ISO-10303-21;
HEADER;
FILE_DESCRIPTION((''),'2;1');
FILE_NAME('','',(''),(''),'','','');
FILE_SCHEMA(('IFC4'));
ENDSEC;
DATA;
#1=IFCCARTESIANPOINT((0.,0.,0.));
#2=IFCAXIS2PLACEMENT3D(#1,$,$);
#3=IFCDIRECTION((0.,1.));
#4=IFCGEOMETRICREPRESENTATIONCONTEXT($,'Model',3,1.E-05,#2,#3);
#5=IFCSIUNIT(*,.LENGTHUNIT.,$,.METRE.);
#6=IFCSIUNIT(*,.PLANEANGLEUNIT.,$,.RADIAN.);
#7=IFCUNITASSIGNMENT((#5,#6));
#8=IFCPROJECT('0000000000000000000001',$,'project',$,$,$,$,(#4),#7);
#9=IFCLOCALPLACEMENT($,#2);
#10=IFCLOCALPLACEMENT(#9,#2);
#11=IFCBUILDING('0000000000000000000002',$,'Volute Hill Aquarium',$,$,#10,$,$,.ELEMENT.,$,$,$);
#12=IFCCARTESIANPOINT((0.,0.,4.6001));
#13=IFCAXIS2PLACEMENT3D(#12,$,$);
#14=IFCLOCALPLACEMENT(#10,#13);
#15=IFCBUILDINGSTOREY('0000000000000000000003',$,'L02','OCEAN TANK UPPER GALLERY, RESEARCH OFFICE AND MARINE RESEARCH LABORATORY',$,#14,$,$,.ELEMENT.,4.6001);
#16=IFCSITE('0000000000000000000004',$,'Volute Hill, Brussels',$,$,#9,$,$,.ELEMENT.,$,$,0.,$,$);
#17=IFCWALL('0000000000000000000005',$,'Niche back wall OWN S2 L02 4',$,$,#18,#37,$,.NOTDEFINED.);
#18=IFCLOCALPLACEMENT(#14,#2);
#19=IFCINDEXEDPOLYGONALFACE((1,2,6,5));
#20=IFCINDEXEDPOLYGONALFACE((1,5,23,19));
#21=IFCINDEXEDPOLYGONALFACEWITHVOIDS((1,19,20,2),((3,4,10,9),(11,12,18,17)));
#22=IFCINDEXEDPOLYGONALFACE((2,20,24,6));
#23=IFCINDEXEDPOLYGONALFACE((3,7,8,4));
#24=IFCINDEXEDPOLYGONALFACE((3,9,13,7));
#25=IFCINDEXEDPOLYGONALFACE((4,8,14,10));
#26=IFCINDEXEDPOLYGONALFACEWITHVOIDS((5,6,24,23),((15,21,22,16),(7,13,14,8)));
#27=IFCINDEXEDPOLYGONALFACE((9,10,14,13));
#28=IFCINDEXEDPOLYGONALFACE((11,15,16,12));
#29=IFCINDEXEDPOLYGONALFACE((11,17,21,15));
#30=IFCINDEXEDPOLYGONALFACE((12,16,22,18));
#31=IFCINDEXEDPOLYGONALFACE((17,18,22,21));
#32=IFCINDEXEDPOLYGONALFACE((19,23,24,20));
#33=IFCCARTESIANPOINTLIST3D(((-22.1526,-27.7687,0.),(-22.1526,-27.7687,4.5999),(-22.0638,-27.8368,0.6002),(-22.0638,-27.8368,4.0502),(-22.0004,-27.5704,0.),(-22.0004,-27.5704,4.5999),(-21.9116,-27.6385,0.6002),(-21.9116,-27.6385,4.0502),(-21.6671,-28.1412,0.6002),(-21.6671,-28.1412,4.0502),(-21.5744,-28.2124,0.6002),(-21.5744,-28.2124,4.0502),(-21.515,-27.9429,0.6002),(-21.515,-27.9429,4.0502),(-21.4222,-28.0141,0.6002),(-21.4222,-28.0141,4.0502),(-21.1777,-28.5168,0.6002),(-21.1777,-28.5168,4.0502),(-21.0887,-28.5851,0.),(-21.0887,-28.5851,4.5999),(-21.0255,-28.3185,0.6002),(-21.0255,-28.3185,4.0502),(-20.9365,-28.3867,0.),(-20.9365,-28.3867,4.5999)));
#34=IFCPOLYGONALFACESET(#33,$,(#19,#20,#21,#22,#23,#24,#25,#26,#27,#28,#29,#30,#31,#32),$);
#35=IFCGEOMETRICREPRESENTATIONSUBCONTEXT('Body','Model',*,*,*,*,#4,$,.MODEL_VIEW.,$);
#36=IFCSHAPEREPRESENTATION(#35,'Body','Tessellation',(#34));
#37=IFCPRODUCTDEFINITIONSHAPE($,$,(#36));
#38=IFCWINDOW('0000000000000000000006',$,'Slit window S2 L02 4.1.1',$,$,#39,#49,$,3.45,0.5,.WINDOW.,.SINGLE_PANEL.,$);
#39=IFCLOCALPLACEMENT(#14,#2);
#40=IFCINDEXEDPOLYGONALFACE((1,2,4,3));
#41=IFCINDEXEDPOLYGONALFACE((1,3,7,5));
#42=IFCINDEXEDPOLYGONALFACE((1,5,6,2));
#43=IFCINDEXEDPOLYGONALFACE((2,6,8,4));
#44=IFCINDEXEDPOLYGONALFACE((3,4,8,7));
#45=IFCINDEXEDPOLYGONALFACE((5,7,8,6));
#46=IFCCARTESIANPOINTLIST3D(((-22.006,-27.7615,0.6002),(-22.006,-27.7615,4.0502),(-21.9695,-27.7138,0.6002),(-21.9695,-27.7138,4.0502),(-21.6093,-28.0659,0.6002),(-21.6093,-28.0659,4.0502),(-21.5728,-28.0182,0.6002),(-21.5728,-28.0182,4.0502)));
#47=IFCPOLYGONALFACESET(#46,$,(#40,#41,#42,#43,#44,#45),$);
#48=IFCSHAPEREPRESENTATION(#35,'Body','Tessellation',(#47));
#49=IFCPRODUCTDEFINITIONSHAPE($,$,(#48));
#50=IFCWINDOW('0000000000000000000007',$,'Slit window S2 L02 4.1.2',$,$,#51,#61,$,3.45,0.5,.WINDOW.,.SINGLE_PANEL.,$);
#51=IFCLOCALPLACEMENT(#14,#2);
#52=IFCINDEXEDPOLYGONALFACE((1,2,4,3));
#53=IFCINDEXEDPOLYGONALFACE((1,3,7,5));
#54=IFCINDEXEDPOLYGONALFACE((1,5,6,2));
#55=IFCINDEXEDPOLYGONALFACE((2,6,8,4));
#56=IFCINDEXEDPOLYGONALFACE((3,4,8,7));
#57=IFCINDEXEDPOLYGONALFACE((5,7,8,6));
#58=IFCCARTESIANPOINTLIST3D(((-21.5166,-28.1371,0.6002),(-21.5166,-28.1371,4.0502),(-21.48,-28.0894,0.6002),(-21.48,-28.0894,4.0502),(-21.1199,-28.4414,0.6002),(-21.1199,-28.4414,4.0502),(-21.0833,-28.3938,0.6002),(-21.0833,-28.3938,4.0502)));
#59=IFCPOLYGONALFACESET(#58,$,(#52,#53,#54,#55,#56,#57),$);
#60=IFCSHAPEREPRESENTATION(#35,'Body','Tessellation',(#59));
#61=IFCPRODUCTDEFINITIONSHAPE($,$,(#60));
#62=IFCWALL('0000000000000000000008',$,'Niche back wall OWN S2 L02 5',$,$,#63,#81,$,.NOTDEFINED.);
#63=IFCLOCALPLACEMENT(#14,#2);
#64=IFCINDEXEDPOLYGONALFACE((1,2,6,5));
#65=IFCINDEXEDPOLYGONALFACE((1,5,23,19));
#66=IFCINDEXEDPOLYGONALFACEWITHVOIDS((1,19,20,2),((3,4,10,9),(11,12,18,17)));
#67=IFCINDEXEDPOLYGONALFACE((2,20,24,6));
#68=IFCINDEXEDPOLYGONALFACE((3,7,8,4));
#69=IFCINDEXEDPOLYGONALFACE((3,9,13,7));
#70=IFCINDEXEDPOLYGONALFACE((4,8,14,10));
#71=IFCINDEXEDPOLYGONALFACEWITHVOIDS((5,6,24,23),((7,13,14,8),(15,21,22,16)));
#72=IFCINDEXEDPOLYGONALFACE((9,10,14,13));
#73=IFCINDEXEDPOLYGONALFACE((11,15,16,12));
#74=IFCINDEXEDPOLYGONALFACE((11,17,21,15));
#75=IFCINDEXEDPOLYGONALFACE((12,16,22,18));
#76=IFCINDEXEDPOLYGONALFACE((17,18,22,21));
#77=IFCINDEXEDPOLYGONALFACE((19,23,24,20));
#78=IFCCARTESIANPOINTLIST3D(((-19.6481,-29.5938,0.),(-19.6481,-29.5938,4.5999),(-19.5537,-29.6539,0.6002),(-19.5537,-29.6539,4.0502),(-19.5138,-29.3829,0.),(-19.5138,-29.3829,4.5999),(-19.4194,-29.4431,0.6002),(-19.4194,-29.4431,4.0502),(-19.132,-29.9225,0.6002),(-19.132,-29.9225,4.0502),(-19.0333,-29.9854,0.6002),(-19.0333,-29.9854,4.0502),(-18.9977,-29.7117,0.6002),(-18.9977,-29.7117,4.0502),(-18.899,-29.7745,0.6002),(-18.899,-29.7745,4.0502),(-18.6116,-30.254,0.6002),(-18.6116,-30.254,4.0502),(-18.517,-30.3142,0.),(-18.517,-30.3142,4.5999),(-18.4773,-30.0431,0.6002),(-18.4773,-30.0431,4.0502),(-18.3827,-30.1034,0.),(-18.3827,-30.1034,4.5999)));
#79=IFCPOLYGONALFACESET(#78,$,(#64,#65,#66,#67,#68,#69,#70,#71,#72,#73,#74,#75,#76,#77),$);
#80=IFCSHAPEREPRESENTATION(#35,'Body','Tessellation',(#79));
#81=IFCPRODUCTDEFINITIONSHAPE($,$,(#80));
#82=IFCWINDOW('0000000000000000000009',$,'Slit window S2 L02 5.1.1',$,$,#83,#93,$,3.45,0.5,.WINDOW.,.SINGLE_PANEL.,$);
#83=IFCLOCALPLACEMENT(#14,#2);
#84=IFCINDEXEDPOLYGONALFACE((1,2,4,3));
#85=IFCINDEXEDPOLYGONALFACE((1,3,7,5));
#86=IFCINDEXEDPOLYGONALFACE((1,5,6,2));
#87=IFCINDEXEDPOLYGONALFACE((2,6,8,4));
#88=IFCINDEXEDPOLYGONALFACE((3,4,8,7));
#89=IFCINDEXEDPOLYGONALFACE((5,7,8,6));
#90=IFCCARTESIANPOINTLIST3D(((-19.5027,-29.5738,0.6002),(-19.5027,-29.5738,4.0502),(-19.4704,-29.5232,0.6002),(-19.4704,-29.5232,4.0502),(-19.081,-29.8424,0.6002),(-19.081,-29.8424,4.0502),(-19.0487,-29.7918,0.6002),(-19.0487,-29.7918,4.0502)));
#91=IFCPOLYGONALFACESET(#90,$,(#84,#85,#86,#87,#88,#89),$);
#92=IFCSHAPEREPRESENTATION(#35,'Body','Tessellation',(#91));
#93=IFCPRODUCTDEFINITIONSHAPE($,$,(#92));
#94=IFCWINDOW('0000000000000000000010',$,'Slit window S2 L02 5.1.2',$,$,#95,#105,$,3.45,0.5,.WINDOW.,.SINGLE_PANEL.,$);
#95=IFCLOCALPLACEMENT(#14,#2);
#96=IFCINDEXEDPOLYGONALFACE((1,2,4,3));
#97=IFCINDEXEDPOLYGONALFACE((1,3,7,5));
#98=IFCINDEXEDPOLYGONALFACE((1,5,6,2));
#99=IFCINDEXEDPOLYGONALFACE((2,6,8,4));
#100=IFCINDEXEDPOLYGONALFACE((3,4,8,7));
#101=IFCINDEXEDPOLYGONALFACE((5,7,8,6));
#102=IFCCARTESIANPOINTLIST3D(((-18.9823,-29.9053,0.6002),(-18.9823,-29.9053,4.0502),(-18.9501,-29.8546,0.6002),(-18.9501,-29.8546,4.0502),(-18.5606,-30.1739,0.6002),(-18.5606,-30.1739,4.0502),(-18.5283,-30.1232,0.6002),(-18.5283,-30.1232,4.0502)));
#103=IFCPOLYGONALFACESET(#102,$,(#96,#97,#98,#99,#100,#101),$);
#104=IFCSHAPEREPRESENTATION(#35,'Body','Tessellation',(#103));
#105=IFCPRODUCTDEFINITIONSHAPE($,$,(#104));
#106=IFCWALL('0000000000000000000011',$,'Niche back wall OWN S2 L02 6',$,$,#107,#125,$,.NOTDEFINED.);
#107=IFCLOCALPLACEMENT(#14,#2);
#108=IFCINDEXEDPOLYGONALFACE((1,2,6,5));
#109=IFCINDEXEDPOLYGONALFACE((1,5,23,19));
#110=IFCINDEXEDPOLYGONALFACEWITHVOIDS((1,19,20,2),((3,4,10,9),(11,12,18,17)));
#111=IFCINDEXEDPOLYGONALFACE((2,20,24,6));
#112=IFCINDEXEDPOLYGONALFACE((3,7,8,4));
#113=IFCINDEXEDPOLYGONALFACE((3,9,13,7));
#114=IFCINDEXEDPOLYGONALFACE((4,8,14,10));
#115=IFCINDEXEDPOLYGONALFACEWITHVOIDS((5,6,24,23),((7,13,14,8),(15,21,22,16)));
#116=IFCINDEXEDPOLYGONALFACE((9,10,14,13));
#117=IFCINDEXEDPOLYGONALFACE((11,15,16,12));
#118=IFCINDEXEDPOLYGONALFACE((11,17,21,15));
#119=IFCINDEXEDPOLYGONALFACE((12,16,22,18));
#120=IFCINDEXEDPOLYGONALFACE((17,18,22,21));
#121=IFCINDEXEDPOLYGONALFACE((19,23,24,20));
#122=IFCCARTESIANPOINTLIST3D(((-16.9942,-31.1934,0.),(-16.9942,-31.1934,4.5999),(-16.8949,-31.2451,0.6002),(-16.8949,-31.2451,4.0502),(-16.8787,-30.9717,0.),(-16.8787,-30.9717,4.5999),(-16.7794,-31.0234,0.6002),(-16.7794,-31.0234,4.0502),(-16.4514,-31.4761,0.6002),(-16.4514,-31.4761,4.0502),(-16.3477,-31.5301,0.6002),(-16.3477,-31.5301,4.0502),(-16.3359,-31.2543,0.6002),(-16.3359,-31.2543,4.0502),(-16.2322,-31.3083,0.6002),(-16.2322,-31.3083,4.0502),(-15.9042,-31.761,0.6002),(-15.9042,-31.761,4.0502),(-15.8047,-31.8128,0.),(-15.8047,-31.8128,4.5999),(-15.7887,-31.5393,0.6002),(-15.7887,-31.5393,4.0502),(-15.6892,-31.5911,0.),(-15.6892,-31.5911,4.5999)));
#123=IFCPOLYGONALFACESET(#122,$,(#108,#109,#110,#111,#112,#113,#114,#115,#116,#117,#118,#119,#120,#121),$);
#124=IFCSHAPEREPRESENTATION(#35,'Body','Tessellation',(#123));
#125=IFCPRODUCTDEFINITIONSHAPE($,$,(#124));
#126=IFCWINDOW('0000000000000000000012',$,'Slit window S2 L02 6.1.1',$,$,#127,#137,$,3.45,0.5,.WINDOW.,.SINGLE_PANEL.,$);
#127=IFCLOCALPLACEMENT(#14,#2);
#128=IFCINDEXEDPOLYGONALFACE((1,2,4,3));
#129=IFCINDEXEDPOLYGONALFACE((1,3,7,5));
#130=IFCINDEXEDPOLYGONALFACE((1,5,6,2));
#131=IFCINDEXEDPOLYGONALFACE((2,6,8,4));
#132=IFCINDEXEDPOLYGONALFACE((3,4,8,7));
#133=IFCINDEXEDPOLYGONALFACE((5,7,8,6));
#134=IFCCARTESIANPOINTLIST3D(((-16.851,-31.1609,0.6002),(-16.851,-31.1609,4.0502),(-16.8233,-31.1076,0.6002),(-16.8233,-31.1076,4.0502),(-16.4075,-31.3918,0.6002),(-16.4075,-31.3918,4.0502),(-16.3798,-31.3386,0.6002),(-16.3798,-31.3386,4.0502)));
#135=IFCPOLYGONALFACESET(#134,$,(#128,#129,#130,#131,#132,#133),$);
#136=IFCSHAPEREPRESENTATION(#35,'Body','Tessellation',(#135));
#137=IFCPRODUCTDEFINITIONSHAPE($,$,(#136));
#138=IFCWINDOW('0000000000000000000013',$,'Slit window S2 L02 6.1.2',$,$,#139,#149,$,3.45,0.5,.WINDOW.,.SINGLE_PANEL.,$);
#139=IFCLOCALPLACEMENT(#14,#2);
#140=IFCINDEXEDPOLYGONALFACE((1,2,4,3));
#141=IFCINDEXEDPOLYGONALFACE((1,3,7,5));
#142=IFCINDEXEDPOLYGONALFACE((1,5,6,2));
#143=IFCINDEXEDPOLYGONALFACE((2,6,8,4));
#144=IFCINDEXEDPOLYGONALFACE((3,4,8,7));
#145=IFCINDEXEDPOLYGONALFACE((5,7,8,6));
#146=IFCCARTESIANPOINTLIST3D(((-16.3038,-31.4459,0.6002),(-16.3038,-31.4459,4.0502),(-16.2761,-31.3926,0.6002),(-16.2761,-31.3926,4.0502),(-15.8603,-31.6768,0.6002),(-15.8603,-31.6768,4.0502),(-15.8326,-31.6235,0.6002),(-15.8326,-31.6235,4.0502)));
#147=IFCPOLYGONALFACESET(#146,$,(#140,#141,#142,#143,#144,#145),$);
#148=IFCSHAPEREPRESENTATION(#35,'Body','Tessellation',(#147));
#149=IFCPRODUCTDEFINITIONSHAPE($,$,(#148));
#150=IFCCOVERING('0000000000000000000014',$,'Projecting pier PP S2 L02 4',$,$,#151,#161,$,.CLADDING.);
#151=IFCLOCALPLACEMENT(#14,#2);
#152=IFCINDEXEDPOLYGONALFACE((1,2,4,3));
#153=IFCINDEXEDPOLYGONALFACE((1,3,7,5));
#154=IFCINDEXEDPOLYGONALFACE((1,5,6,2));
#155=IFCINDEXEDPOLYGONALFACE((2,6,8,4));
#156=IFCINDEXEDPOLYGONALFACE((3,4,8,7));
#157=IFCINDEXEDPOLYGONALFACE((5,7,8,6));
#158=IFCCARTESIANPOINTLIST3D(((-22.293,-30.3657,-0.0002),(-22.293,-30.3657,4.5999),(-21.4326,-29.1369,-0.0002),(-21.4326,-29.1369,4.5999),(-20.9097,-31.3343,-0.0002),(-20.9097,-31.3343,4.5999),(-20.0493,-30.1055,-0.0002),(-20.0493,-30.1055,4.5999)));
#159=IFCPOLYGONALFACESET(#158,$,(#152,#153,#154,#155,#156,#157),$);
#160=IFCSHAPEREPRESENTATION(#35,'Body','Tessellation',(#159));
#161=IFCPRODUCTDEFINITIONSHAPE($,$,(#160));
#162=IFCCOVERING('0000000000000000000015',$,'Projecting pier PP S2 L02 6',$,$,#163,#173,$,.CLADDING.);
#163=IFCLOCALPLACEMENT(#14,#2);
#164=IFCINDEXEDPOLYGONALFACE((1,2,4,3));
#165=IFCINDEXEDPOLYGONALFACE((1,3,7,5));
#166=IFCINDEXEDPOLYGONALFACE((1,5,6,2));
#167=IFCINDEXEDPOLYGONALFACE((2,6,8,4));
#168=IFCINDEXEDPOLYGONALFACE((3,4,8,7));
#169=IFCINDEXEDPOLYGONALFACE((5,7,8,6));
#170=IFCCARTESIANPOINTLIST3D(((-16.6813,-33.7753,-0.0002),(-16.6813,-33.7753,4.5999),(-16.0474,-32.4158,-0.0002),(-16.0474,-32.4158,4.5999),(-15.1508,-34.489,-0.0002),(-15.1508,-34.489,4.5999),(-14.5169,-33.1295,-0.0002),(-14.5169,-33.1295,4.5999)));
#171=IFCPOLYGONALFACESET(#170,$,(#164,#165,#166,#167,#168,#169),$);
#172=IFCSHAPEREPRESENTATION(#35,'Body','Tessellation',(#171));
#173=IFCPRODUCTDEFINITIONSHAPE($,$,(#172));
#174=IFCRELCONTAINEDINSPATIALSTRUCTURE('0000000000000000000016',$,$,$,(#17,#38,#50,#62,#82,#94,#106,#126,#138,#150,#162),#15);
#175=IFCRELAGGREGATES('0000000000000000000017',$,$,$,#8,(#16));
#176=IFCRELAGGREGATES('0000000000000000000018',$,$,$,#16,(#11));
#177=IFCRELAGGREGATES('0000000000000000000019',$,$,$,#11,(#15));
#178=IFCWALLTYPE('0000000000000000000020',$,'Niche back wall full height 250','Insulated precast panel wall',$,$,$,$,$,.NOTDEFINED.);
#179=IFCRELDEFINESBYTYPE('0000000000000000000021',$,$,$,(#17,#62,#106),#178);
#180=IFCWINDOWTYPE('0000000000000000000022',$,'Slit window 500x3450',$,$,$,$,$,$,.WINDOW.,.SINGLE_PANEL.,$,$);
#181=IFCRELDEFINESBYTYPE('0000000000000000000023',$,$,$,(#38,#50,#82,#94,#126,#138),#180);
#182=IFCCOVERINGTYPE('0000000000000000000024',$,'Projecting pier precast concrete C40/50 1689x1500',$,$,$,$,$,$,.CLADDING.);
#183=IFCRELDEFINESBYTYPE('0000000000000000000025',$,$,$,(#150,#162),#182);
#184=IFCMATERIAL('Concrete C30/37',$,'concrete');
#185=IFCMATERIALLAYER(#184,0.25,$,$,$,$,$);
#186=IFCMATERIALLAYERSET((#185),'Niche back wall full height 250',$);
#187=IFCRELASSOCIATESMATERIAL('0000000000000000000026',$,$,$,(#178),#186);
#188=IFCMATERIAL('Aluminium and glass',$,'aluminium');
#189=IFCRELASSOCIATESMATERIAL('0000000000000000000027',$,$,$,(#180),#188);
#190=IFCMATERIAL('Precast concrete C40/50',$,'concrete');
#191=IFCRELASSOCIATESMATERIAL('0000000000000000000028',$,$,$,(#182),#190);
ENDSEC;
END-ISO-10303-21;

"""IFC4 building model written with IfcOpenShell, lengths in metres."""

from ifc_helpers import new_model, si_unit, direction, frame, frame_2d, origin, origin_2d, place, context, subcontext, project, spatial, rectangle, extrude, material, layer, layer_set, type_object, element, fill, save


model = new_model("IFC4")

# Units and contexts
model_context = context("Model", 3, precision=1e-05, world=origin(), true_north=direction((0.0, 1.0)))
body_context = subcontext(model_context, "Body", "Model", "MODEL_VIEW")
ifc_project = project(units=[si_unit("LENGTHUNIT", "METRE"), si_unit("PLANEANGLEUNIT", "RADIAN")], contexts=[model_context])

# Site, building, storey
site_placement = place(None, origin())
site = spatial("IfcSite", under=ifc_project, at=site_placement, Name="Volute Hill, Brussels", CompositionType="ELEMENT", RefElevation=0.0)
building_placement = place(site_placement, origin())
building = spatial("IfcBuilding", under=site, at=building_placement, Name="Volute Hill Aquarium", CompositionType="ELEMENT")
storey_placement = place(building_placement, frame((0.0, 0.0, 4.6001)))
storey = spatial("IfcBuildingStorey", under=building, at=storey_placement, Name="L02", Description="OCEAN TANK UPPER GALLERY, RESEARCH OFFICE AND MARINE RESEARCH LABORATORY", CompositionType="ELEMENT", Elevation=4.6001)

# Walls, openings, windows
ifc_material_1 = material(Name="Concrete C30/37", Category="concrete")
ifc_layer_1 = layer(ifc_material_1, 0.25)
ifc_layer_set_1 = layer_set([ifc_layer_1], Name="Niche back wall full height 250")
wall_type_1 = type_object("IfcWallType", Name="Niche back wall full height 250", Description="Insulated precast panel wall", PredefinedType="NOTDEFINED", material=ifc_layer_set_1)
wall_1_placement = place(storey_placement, frame((-21.0127, -28.4858, 0.0), z_axis=(0.0, 0.0, 1.0), x_axis=(-0.793354, 0.60876, 0.0)))
wall_1 = element("IfcWall", 1, at=wall_1_placement, inside=storey, type_object=wall_type_1, Name="Niche back wall OWN S2 L02 4", PredefinedType="NOTDEFINED", context=body_context, shape_type="SweptSolid", body=[
    extrude(rectangle(XDim=1.3411, YDim=0.25, at=frame_2d((0.6704, 0.0))), origin(), (0.0, 0.0, 1.0), 4.5999),
])
opening_1_placement = place(wall_1_placement, frame((0.729, 0.0, 0.6001)))
opening_1 = element("IfcOpeningElement", 2, at=opening_1_placement, cuts=wall_1, PredefinedType="OPENING", context=body_context, shape_type="SweptSolid", body=[
    extrude(rectangle(XDim=0.5, YDim=3.45, at=frame_2d((0.25, 1.7251))), frame((0.0, 0.135, 0.0), z_axis=(0.0, -1.0, 0.0), x_axis=(1.0, 0.0, 0.0)), (0.0, 0.0, 1.0), 0.27),
])
opening_2_placement = place(wall_1_placement, frame((0.1121, 0.0, 0.6001)))
opening_2 = element("IfcOpeningElement", 3, at=opening_2_placement, cuts=wall_1, PredefinedType="OPENING", context=body_context, shape_type="SweptSolid", body=[
    extrude(rectangle(XDim=0.5, YDim=3.45, at=frame_2d((0.25, 1.7251))), frame((0.0, 0.135, 0.0), z_axis=(0.0, -1.0, 0.0), x_axis=(1.0, 0.0, 0.0)), (0.0, 0.0, 1.0), 0.27),
])
ifc_material_2 = material(Name="Aluminium and glass", Category="aluminium")
window_type = type_object("IfcWindowType", Name="Slit window 500x3450", PartitioningType="SINGLE_PANEL", PredefinedType="WINDOW", material=ifc_material_2)
window_1_placement = place(opening_1_placement, origin())
window_1 = element("IfcWindow", 4, at=window_1_placement, inside=storey, type_object=window_type, Name="Slit window S2 L02 4.1.1", OverallHeight=3.45, OverallWidth=0.5, PartitioningType="SINGLE_PANEL", PredefinedType="WINDOW", context=body_context, shape_type="SweptSolid", body=[
    extrude(rectangle(XDim=0.5, YDim=3.45, at=frame_2d((0.25, 1.7251))), frame((0.0, 0.03, 0.0), z_axis=(0.0, -1.0, 0.0), x_axis=(1.0, 0.0, 0.0)), (0.0, 0.0, 1.0), 0.0601),
])
fill(opening_1, window_1)
window_2_placement = place(opening_2_placement, origin())
window_2 = element("IfcWindow", 5, at=window_2_placement, inside=storey, type_object=window_type, Name="Slit window S2 L02 4.1.2", OverallHeight=3.45, OverallWidth=0.5, PartitioningType="SINGLE_PANEL", PredefinedType="WINDOW", context=body_context, shape_type="SweptSolid", body=[
    extrude(rectangle(XDim=0.5, YDim=3.45, at=frame_2d((0.25, 1.7251))), frame((0.0, 0.03, 0.0), z_axis=(0.0, -1.0, 0.0), x_axis=(1.0, 0.0, 0.0)), (0.0, 0.0, 1.0), 0.0601),
])
fill(opening_2, window_2)
wall_2_placement = place(storey_placement, frame((-18.45, -30.2087, 0.0), z_axis=(0.0, 0.0, 1.0), x_axis=(-0.843437, 0.537229, 0.0)))
wall_2 = element("IfcWall", 6, at=wall_2_placement, inside=storey, type_object=wall_type_1, Name="Niche back wall OWN S2 L02 5", PredefinedType="NOTDEFINED", context=body_context, shape_type="SweptSolid", body=[
    extrude(rectangle(XDim=1.3411, YDim=0.25, at=frame_2d((0.6704, 0.0))), origin(), (0.0, 0.0, 1.0), 4.5999),
])
opening_3_placement = place(wall_2_placement, frame((0.729, 0.0, 0.6001)))
opening_3 = element("IfcOpeningElement", 7, at=opening_3_placement, cuts=wall_2, PredefinedType="OPENING", context=body_context, shape_type="SweptSolid", body=[
    extrude(rectangle(XDim=0.5, YDim=3.45, at=frame_2d((0.25, 1.7251))), frame((0.0, 0.135, 0.0), z_axis=(0.0, -1.0, 0.0), x_axis=(1.0, 0.0, 0.0)), (0.0, 0.0, 1.0), 0.27),
])
opening_4_placement = place(wall_2_placement, frame((0.1121, 0.0, 0.6001)))
opening_4 = element("IfcOpeningElement", 8, at=opening_4_placement, cuts=wall_2, PredefinedType="OPENING", context=body_context, shape_type="SweptSolid", body=[
    extrude(rectangle(XDim=0.5, YDim=3.45, at=frame_2d((0.25, 1.7251))), frame((0.0, 0.135, 0.0), z_axis=(0.0, -1.0, 0.0), x_axis=(1.0, 0.0, 0.0)), (0.0, 0.0, 1.0), 0.27),
])
window_3_placement = place(opening_3_placement, origin())
window_3 = element("IfcWindow", 9, at=window_3_placement, inside=storey, type_object=window_type, Name="Slit window S2 L02 5.1.1", OverallHeight=3.45, OverallWidth=0.5, PartitioningType="SINGLE_PANEL", PredefinedType="WINDOW", context=body_context, shape_type="SweptSolid", body=[
    extrude(rectangle(XDim=0.5, YDim=3.45, at=frame_2d((0.25, 1.7251))), frame((0.0, 0.03, 0.0), z_axis=(0.0, -1.0, 0.0), x_axis=(1.0, 0.0, 0.0)), (0.0, 0.0, 1.0), 0.0601),
])
fill(opening_3, window_3)
window_4_placement = place(opening_4_placement, origin())
window_4 = element("IfcWindow", 10, at=window_4_placement, inside=storey, type_object=window_type, Name="Slit window S2 L02 5.1.2", OverallHeight=3.45, OverallWidth=0.5, PartitioningType="SINGLE_PANEL", PredefinedType="WINDOW", context=body_context, shape_type="SweptSolid", body=[
    extrude(rectangle(XDim=0.5, YDim=3.45, at=frame_2d((0.25, 1.7251))), frame((0.0, 0.03, 0.0), z_axis=(0.0, -1.0, 0.0), x_axis=(1.0, 0.0, 0.0)), (0.0, 0.0, 1.0), 0.0601),
])
fill(opening_4, window_4)
wall_3_placement = place(storey_placement, frame((-15.7471, -31.7019, 0.0), z_axis=(0.0, 0.0, 1.0), x_axis=(-0.886951, 0.461863, 0.0)))
wall_3 = element("IfcWall", 11, at=wall_3_placement, inside=storey, type_object=wall_type_1, Name="Niche back wall OWN S2 L02 6", PredefinedType="NOTDEFINED", context=body_context, shape_type="SweptSolid", body=[
    extrude(rectangle(XDim=1.3411, YDim=0.25, at=frame_2d((0.6704, 0.0))), origin(), (0.0, 0.0, 1.0), 4.5999),
])
opening_5_placement = place(wall_3_placement, frame((0.729, 0.0, 0.6001)))
opening_5 = element("IfcOpeningElement", 12, at=opening_5_placement, cuts=wall_3, PredefinedType="OPENING", context=body_context, shape_type="SweptSolid", body=[
    extrude(rectangle(XDim=0.5, YDim=3.45, at=frame_2d((0.25, 1.7251))), frame((0.0, 0.135, 0.0), z_axis=(0.0, -1.0, 0.0), x_axis=(1.0, 0.0, 0.0)), (0.0, 0.0, 1.0), 0.27),
])
opening_6_placement = place(wall_3_placement, frame((0.1121, 0.0, 0.6001)))
opening_6 = element("IfcOpeningElement", 13, at=opening_6_placement, cuts=wall_3, PredefinedType="OPENING", context=body_context, shape_type="SweptSolid", body=[
    extrude(rectangle(XDim=0.5, YDim=3.45, at=frame_2d((0.25, 1.7251))), frame((0.0, 0.135, 0.0), z_axis=(0.0, -1.0, 0.0), x_axis=(1.0, 0.0, 0.0)), (0.0, 0.0, 1.0), 0.27),
])
window_5_placement = place(opening_5_placement, origin())
window_5 = element("IfcWindow", 14, at=window_5_placement, inside=storey, type_object=window_type, Name="Slit window S2 L02 6.1.1", OverallHeight=3.45, OverallWidth=0.5, PartitioningType="SINGLE_PANEL", PredefinedType="WINDOW", context=body_context, shape_type="SweptSolid", body=[
    extrude(rectangle(XDim=0.5, YDim=3.45, at=frame_2d((0.25, 1.7251))), frame((0.0, 0.03, 0.0), z_axis=(0.0, -1.0, 0.0), x_axis=(1.0, 0.0, 0.0)), (0.0, 0.0, 1.0), 0.0601),
])
fill(opening_5, window_5)
window_6_placement = place(opening_6_placement, origin())
window_6 = element("IfcWindow", 15, at=window_6_placement, inside=storey, type_object=window_type, Name="Slit window S2 L02 6.1.2", OverallHeight=3.45, OverallWidth=0.5, PartitioningType="SINGLE_PANEL", PredefinedType="WINDOW", context=body_context, shape_type="SweptSolid", body=[
    extrude(rectangle(XDim=0.5, YDim=3.45, at=frame_2d((0.25, 1.7251))), frame((0.0, 0.03, 0.0), z_axis=(0.0, -1.0, 0.0), x_axis=(1.0, 0.0, 0.0)), (0.0, 0.0, 1.0), 0.0601),
])
fill(opening_6, window_6)

# Coverings
ifc_material_3 = material(Name="Precast concrete C40/50", Category="concrete")
covering_type_1 = type_object("IfcCoveringType", Name="Projecting pier precast concrete C40/50 1689x1500", PredefinedType="CLADDING", material=ifc_material_3)
for number, where, z_axis, x_axis, name in (
    (16, (-21.1711, -30.2356, -0.0002), (0.0, 0.0, 1.0), (0.819152, -0.573576, 0.0), "Projecting pier PP S2 L02 4"),
    (17, (-15.5991, -33.4524, -0.0002), (0.0, 0.0, 1.0), (0.906308, -0.422618, 0.0), "Projecting pier PP S2 L02 6"),
):
    element("IfcCovering", number, at=place(storey_placement, frame(where, z_axis=z_axis, x_axis=x_axis)), inside=storey, type_object=covering_type_1, Name=name, PredefinedType="CLADDING", context=body_context, shape_type="SweptSolid", body=[
        extrude(rectangle(XDim=1.6887, YDim=1.5, at=origin_2d()), origin(), (0.0, 0.0, 1.0), 4.6001),
    ])

save(model, "model.ifc")
